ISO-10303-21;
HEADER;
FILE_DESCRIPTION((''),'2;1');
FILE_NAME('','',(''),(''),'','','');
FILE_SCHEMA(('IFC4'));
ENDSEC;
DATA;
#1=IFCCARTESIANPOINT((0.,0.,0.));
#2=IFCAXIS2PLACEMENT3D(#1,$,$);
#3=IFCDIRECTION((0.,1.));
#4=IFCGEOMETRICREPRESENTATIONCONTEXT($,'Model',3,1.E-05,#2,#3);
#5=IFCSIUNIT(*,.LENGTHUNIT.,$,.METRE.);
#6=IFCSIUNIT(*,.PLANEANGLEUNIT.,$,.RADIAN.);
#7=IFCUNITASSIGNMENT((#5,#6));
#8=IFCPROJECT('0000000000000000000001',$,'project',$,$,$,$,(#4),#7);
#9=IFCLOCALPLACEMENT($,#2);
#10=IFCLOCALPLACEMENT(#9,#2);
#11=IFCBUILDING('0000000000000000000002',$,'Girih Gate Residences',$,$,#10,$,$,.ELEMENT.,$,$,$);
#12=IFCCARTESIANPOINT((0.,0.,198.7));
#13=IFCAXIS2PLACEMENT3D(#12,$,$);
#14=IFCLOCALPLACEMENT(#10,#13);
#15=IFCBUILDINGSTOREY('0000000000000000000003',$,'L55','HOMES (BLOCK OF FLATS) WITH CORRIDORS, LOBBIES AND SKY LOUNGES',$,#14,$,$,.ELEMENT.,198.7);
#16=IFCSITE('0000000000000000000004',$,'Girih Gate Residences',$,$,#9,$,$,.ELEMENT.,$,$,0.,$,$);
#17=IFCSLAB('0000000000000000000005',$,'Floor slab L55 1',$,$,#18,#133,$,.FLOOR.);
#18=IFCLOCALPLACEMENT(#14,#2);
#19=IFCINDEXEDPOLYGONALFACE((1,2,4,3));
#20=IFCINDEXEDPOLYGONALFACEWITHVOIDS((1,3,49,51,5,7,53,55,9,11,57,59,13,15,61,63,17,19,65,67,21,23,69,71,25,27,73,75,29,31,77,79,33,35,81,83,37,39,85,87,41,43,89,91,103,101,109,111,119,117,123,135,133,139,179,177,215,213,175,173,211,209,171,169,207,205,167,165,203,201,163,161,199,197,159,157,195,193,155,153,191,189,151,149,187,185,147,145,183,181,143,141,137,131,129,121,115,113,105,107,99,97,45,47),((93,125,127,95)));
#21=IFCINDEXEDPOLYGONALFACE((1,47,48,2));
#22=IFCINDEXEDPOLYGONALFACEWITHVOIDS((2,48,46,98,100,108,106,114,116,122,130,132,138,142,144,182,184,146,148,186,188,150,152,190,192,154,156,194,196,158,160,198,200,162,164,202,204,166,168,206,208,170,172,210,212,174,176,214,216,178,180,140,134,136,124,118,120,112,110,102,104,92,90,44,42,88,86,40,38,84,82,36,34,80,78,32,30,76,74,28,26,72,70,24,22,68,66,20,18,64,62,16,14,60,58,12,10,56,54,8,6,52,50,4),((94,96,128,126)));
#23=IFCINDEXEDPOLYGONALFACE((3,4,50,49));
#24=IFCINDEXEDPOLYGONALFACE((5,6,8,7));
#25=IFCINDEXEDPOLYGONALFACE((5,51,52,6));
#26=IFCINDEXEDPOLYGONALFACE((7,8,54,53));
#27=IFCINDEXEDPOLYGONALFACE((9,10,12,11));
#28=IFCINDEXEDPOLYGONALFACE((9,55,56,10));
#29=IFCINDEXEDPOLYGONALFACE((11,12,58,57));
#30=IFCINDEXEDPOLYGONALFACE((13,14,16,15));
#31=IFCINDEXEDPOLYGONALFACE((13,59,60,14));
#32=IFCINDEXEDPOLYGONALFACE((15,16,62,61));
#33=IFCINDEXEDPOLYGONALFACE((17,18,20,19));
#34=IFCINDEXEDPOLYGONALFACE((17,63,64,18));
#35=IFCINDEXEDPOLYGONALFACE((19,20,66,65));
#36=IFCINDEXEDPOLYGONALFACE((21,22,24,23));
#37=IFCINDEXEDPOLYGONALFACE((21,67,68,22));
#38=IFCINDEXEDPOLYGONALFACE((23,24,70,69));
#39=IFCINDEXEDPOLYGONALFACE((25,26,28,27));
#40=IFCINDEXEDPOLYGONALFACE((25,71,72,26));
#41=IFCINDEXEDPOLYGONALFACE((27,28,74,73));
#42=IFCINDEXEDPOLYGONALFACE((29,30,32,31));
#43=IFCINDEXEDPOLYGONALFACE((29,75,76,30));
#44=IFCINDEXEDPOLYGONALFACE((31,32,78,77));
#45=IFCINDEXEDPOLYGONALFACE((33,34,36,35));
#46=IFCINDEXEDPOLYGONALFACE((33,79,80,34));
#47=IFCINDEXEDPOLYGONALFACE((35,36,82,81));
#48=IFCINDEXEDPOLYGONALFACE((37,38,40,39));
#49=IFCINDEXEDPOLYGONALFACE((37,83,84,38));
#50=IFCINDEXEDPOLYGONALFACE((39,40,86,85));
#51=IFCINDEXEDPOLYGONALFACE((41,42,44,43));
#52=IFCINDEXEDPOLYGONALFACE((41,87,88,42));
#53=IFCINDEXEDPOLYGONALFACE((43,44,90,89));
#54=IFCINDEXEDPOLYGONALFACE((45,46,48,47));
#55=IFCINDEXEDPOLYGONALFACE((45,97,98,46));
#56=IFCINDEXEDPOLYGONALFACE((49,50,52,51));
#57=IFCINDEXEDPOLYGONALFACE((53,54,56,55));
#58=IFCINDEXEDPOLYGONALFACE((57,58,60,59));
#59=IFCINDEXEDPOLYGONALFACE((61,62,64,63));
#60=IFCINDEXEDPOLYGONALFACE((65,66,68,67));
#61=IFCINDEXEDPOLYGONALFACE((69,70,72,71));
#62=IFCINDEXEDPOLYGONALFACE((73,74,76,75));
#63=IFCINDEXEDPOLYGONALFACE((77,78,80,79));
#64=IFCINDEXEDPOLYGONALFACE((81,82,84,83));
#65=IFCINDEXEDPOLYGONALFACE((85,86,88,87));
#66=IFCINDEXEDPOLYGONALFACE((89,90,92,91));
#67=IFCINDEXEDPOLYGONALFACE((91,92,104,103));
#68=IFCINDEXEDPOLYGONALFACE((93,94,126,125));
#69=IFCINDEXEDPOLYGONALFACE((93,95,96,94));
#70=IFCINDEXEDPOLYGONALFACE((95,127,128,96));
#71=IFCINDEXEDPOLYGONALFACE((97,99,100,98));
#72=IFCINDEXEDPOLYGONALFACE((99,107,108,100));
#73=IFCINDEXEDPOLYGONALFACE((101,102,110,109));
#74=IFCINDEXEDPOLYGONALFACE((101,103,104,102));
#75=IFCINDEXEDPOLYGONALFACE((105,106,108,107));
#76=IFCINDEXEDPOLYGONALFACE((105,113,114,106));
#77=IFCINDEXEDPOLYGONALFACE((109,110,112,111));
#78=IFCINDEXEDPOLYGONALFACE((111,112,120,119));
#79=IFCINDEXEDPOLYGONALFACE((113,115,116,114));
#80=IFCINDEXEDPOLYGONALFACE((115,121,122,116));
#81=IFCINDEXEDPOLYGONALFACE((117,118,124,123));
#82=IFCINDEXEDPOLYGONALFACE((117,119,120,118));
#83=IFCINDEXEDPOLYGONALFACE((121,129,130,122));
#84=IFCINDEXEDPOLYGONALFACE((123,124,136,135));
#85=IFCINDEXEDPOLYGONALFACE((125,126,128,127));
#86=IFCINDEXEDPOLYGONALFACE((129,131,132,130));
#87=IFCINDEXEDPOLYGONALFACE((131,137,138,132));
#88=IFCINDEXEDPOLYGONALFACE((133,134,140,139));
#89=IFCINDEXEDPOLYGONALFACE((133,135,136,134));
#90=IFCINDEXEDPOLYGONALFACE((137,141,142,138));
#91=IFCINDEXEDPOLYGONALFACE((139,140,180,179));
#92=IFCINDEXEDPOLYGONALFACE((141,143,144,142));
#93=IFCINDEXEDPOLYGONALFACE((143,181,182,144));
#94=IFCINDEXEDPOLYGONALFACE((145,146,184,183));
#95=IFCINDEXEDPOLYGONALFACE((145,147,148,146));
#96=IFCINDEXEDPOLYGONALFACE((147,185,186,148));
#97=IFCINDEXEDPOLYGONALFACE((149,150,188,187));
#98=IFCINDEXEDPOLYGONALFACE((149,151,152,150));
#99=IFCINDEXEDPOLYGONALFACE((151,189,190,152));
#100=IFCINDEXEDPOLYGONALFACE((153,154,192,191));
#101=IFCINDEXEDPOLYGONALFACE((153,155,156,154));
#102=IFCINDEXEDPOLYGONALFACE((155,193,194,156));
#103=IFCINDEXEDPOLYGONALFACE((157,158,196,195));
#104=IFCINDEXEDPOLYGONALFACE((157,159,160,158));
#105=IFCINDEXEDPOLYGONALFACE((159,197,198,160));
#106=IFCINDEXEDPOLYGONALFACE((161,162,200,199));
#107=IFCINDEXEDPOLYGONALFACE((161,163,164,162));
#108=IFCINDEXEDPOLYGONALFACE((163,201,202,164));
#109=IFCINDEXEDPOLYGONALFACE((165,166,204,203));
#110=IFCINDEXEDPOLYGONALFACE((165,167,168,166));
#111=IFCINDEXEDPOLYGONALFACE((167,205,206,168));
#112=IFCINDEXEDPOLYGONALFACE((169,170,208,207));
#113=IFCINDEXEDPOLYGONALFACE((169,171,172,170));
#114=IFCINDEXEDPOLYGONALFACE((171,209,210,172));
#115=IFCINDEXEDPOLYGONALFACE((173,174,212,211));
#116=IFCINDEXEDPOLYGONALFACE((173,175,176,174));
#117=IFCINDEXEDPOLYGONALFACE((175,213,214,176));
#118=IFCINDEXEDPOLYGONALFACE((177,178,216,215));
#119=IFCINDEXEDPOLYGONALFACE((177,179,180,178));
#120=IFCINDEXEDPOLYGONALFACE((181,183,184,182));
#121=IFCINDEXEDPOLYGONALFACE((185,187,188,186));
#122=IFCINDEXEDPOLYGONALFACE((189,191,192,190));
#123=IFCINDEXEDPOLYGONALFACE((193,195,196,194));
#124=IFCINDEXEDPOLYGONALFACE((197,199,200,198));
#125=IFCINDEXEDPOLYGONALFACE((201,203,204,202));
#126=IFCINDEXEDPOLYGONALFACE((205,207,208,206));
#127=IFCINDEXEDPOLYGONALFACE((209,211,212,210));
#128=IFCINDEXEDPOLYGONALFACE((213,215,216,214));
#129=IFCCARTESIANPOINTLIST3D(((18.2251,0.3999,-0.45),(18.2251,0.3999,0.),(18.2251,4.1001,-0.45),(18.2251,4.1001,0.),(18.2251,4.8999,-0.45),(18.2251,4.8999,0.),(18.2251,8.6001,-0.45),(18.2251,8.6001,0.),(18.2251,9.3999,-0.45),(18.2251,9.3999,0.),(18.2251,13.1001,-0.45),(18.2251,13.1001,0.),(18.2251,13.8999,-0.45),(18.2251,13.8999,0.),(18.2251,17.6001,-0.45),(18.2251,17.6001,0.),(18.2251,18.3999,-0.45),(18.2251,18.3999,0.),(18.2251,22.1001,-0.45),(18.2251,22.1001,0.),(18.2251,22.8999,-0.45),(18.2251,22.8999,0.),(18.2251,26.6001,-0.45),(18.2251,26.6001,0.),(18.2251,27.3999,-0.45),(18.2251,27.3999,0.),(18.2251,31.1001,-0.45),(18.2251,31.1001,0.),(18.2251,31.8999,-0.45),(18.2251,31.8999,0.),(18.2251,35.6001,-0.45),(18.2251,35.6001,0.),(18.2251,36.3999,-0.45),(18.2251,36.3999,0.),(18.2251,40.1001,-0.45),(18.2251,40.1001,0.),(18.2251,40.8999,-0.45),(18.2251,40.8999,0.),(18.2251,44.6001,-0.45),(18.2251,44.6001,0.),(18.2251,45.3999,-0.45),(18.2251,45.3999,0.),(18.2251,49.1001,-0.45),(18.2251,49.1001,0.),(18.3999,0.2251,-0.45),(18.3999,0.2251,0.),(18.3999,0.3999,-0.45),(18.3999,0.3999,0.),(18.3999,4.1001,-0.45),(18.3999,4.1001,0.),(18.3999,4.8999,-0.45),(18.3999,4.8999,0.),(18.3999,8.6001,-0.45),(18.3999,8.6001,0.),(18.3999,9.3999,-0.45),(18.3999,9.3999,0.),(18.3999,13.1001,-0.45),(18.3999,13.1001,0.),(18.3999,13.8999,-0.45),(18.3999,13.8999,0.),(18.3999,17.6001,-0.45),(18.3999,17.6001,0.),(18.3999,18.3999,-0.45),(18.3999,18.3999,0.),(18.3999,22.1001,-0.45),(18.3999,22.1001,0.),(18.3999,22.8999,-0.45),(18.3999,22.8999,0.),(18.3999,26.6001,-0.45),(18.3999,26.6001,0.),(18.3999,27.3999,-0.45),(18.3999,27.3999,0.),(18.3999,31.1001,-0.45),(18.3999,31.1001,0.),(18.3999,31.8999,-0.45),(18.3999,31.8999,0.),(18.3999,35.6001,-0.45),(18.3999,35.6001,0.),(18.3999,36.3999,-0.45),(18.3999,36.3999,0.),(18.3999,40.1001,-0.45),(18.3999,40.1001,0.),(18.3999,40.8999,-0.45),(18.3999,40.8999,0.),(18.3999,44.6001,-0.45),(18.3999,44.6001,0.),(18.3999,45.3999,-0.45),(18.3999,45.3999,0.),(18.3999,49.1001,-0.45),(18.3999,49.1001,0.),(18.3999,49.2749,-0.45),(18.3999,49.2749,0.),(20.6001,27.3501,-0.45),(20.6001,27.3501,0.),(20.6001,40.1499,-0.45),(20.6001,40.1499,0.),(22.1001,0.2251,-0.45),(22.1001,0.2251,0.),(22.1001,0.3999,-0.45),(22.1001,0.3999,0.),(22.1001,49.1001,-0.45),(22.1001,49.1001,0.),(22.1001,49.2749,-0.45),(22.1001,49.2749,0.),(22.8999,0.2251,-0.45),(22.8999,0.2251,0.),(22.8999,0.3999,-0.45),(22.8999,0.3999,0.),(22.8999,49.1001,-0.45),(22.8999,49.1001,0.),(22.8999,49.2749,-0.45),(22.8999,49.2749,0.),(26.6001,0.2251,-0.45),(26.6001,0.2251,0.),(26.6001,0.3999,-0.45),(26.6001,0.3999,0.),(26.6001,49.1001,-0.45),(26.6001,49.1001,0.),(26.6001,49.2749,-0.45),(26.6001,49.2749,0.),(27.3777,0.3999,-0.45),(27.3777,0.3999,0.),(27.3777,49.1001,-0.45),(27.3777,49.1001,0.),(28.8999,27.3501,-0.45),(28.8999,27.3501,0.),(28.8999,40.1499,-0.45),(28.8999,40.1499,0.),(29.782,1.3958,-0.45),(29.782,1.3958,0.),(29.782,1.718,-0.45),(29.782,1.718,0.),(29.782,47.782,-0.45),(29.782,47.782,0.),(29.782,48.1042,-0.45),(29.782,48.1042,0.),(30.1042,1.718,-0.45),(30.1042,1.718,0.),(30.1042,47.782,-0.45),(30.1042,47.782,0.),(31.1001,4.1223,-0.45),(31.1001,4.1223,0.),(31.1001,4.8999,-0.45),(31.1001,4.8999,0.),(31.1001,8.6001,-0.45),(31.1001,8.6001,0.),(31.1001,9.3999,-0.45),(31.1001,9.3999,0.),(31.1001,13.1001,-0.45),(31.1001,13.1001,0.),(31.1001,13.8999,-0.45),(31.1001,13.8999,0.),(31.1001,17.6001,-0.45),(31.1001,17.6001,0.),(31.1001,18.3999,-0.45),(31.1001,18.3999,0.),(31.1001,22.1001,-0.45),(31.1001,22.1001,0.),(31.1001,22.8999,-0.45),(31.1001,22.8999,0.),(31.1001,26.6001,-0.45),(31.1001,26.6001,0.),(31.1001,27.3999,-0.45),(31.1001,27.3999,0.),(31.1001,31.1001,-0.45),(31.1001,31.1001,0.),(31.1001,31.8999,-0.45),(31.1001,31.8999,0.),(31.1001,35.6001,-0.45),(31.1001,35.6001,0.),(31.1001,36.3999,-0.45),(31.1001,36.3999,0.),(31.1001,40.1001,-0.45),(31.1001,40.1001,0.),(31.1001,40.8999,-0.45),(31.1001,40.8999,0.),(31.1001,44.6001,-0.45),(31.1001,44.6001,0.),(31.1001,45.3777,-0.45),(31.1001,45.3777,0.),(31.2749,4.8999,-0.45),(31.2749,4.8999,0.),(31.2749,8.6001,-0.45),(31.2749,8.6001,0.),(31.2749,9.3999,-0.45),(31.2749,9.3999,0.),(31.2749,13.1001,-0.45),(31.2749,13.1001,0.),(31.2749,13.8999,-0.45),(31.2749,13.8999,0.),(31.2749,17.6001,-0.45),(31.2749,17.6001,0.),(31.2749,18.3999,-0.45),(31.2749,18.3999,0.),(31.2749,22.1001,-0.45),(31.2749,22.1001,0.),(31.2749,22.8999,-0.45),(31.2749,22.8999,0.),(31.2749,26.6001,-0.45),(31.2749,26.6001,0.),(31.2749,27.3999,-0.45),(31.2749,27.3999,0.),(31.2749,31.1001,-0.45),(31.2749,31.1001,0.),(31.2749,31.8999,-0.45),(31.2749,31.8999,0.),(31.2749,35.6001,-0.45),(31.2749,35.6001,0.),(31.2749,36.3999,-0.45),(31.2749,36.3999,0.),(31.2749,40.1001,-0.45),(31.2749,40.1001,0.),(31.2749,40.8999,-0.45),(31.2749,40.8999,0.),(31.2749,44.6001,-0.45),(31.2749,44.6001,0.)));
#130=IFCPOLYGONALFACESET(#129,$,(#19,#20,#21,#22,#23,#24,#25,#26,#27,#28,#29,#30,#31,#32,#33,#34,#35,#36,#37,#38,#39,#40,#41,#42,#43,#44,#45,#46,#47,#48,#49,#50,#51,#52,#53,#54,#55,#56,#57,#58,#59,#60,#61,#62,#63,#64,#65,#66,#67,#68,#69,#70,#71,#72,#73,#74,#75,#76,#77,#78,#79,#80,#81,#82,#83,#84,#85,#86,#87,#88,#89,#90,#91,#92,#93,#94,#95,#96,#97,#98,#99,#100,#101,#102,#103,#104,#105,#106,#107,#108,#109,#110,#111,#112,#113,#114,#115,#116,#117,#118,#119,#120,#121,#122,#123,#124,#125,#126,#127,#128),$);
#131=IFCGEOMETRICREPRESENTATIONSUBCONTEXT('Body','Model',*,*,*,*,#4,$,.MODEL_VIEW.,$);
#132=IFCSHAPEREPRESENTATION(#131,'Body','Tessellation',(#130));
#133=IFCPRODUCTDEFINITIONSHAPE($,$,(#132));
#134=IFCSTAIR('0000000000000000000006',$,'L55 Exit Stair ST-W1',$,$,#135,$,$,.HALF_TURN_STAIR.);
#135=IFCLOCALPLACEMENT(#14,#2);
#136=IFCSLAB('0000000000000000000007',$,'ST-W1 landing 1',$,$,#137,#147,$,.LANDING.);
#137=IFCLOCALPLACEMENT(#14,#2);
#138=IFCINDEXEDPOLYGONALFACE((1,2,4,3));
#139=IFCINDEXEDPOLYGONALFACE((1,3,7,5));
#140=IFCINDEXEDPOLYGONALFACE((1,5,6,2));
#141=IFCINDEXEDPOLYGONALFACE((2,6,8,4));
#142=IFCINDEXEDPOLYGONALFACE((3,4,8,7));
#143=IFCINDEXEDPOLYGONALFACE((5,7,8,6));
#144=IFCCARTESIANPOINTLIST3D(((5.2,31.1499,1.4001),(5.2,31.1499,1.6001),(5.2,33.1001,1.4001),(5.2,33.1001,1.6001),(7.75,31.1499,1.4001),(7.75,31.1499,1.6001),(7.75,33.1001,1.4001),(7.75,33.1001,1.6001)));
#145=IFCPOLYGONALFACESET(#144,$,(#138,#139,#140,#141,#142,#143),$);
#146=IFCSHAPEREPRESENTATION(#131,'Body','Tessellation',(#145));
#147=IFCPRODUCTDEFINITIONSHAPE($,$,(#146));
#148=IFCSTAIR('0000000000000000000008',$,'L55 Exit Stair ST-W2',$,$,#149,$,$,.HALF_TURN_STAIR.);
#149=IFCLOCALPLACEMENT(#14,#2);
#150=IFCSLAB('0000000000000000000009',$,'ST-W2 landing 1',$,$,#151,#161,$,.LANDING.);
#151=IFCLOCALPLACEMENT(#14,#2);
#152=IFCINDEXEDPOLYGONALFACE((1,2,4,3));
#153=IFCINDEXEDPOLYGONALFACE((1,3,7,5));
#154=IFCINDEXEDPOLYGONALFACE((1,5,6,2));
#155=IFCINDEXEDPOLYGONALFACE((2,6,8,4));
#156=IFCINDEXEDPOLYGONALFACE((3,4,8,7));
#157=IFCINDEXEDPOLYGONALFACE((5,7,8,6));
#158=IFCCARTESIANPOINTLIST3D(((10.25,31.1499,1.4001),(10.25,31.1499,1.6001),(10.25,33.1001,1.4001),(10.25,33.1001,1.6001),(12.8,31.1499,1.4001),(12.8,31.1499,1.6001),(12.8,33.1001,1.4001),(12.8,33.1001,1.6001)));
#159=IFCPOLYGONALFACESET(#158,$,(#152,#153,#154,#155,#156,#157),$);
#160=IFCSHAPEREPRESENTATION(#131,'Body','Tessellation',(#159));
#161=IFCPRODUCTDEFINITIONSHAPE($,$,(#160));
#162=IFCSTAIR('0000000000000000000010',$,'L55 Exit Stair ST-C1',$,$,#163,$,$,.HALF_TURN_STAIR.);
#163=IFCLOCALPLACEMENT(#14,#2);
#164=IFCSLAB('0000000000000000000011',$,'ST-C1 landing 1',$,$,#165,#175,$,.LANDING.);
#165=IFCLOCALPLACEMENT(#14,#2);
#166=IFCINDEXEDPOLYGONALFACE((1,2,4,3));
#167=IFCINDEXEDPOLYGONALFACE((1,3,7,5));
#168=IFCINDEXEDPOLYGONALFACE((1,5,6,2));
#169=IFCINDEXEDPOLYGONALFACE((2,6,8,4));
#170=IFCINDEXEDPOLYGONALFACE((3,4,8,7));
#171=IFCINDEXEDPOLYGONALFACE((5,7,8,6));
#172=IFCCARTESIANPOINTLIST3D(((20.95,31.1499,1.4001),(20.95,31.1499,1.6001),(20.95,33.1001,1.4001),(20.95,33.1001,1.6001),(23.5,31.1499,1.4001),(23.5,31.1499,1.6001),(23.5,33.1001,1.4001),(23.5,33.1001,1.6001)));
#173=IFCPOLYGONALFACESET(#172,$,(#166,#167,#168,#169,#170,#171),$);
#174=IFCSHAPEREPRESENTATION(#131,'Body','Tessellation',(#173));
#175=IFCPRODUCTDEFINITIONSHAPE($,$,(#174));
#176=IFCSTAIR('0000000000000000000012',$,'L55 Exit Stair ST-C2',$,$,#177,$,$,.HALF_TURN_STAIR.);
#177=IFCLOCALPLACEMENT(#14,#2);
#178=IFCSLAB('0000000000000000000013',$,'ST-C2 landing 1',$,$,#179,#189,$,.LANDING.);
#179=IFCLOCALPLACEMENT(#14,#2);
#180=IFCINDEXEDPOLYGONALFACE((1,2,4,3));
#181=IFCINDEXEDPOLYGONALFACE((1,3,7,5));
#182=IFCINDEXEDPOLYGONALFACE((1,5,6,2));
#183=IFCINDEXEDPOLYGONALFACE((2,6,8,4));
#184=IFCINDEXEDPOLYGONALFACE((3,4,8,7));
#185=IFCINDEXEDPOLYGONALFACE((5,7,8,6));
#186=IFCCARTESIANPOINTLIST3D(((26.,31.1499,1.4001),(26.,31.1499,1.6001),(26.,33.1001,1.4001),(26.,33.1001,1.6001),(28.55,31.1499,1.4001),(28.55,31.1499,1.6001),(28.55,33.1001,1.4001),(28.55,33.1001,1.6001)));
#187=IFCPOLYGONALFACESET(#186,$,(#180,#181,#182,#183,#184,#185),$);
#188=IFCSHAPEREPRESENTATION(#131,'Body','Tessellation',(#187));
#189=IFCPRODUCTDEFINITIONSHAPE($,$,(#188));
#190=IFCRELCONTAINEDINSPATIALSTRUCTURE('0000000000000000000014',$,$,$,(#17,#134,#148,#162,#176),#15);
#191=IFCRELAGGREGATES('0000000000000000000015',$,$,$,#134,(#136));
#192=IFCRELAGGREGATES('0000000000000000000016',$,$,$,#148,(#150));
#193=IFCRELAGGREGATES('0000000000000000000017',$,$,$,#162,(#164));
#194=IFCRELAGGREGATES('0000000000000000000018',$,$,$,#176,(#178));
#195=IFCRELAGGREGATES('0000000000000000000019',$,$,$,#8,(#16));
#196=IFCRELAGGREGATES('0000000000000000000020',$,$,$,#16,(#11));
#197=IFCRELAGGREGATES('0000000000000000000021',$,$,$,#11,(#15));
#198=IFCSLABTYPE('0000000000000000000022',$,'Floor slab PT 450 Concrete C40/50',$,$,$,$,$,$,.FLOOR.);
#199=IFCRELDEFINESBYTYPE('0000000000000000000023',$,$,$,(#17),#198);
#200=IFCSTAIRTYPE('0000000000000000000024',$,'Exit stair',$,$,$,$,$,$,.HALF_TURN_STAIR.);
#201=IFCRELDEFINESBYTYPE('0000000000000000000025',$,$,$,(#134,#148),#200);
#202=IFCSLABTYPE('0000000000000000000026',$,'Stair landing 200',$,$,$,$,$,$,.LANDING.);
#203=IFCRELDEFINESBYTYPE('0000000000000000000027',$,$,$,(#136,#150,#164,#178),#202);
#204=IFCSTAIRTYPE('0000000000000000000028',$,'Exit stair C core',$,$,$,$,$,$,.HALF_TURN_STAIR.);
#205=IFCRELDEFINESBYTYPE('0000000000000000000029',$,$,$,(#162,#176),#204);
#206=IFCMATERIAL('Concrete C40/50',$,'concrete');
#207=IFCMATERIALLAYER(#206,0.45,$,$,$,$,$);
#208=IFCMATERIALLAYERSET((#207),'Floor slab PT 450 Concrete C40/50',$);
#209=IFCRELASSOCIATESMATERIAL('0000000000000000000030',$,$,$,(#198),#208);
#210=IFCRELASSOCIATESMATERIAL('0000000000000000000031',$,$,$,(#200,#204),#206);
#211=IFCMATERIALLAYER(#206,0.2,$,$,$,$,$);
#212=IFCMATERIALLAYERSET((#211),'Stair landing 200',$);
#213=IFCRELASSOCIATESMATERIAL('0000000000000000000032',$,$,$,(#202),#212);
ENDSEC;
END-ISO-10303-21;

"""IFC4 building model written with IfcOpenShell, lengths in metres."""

from ifc_helpers import new_model, si_unit, direction, frame, origin, place, context, subcontext, project, spatial, polyline, outline, extrude, material, layer, layer_set, type_object, element, aggregate, save


model = new_model("IFC4")

# Units and contexts
model_context = context("Model", 3, precision=1e-05, world=origin(), true_north=direction((0.0, 1.0)))
body_context = subcontext(model_context, "Body", "Model", "MODEL_VIEW")
ifc_project = project(units=[si_unit("LENGTHUNIT", "METRE"), si_unit("PLANEANGLEUNIT", "RADIAN")], contexts=[model_context])

# Site, building, storey
site_placement = place(None, origin())
site = spatial("IfcSite", under=ifc_project, at=site_placement, Name="Girih Gate Residences", CompositionType="ELEMENT", RefElevation=0.0)
building_placement = place(site_placement, origin())
building = spatial("IfcBuilding", under=site, at=building_placement, Name="Girih Gate Residences", CompositionType="ELEMENT")
storey_placement = place(building_placement, frame((0.0, 0.0, 198.7)))
storey = spatial("IfcBuildingStorey", under=building, at=storey_placement, Name="L55", Description="HOMES (BLOCK OF FLATS) WITH CORRIDORS, LOBBIES AND SKY LOUNGES", CompositionType="ELEMENT", Elevation=198.7)

# Slab
ifc_material_1 = material(Name="Concrete C40/50", Category="concrete")
ifc_layer_1 = layer(ifc_material_1, 0.45)
ifc_layer_set_1 = layer_set([ifc_layer_1], Name="Floor slab PT 450 Concrete C40/50")
slab_type_1 = type_object("IfcSlabType", Name="Floor slab PT 450 Concrete C40/50", PredefinedType="FLOOR", material=ifc_layer_set_1)
slab_1_placement = place(storey_placement, frame((0.0, 0.0, -0.45)))
element("IfcSlab", 1, at=slab_1_placement, inside=storey, type_object=slab_type_1, Name="Floor slab L55 1", PredefinedType="FLOOR", context=body_context, shape_type="SweptSolid", body=[
    extrude(outline(polyline([(22.8999, 0.2251), (26.6001, 0.2251), (26.6001, 0.3999), (27.3777, 0.3999), (29.782, 1.3958), (29.782, 1.718), (30.1042, 1.718), (31.1001, 4.1223), (31.1001, 4.8999), (31.2749, 4.8999), (31.2749, 8.6001), (31.1001, 8.6001), (31.1001, 9.3999), (31.2749, 9.3999), (31.2749, 13.1001), (31.1001, 13.1001), (31.1001, 13.8999), (31.2749, 13.8999), (31.2749, 17.6001), (31.1001, 17.6001), (31.1001, 18.3999), (31.2749, 18.3999), (31.2749, 22.1001), (31.1001, 22.1001), (31.1001, 22.8999), (31.2749, 22.8999), (31.2749, 26.6001), (31.1001, 26.6001), (31.1001, 27.3999), (31.2749, 27.3999), (31.2749, 31.1001), (31.1001, 31.1001), (31.1001, 31.8999), (31.2749, 31.8999), (31.2749, 35.6001), (31.1001, 35.6001), (31.1001, 36.3999), (31.2749, 36.3999), (31.2749, 40.1001), (31.1001, 40.1001), (31.1001, 40.8999), (31.2749, 40.8999), (31.2749, 44.6001), (31.1001, 44.6001), (31.1001, 45.3777), (30.1042, 47.782), (29.782, 47.782), (29.782, 48.1042), (27.3777, 49.1001), (26.6001, 49.1001), (26.6001, 49.2749), (22.8999, 49.2749), (22.8999, 49.1001), (22.1001, 49.1001), (22.1001, 49.2749), (18.3999, 49.2749), (18.3999, 49.1001), (18.2251, 49.1001), (18.2251, 45.3999), (18.3999, 45.3999), (18.3999, 44.6001), (18.2251, 44.6001), (18.2251, 40.8999), (18.3999, 40.8999), (18.3999, 40.1001), (18.2251, 40.1001), (18.2251, 36.3999), (18.3999, 36.3999), (18.3999, 35.6001), (18.2251, 35.6001), (18.2251, 31.8999), (18.3999, 31.8999), (18.3999, 31.1001), (18.2251, 31.1001), (18.2251, 27.3999), (18.3999, 27.3999), (18.3999, 26.6001), (18.2251, 26.6001), (18.2251, 22.8999), (18.3999, 22.8999), (18.3999, 22.1001), (18.2251, 22.1001), (18.2251, 18.3999), (18.3999, 18.3999), (18.3999, 17.6001), (18.2251, 17.6001), (18.2251, 13.8999), (18.3999, 13.8999), (18.3999, 13.1001), (18.2251, 13.1001), (18.2251, 9.3999), (18.3999, 9.3999), (18.3999, 8.6001), (18.2251, 8.6001), (18.2251, 4.8999), (18.3999, 4.8999), (18.3999, 4.1001), (18.2251, 4.1001), (18.2251, 0.3999), (18.3999, 0.3999), (18.3999, 0.2251), (22.1001, 0.2251), (22.1001, 0.3999), (22.8999, 0.3999), (22.8999, 0.2251)]), holes=[polyline([(28.8999, 40.1499), (28.8999, 27.3501), (20.6001, 27.3501), (20.6001, 40.1499), (28.8999, 40.1499)])]), origin(), (0.0, 0.0, 1.0), 0.45),
])

# Stairs, slabs
stair_type_1 = type_object("IfcStairType", Name="Exit stair", PredefinedType="HALF_TURN_STAIR", material=ifc_material_1)
stair_1_placement = place(storey_placement, origin())
stair_1 = element("IfcStair", 2, at=stair_1_placement, inside=storey, type_object=stair_type_1, Name="L55 Exit Stair ST-W1", PredefinedType="HALF_TURN_STAIR")
ifc_layer_2 = layer(ifc_material_1, 0.2)
ifc_layer_set_2 = layer_set([ifc_layer_2], Name="Stair landing 200")
slab_type_2 = type_object("IfcSlabType", Name="Stair landing 200", PredefinedType="LANDING", material=ifc_layer_set_2)
slab_2_placement = place(storey_placement, frame((0.0, 0.0, 1.4001)))
slab_2 = element("IfcSlab", 3, at=slab_2_placement, type_object=slab_type_2, Name="ST-W1 landing 1", PredefinedType="LANDING", context=body_context, shape_type="SweptSolid", body=[
    extrude(outline(polyline([(7.75, 31.1499), (7.75, 33.1001), (5.2, 33.1001), (5.2, 31.1499), (7.75, 31.1499)])), origin(), (0.0, 0.0, 1.0), 0.2),
])
aggregate(stair_1, [slab_2])
stair_2_placement = place(storey_placement, origin())
stair_2 = element("IfcStair", 4, at=stair_2_placement, inside=storey, type_object=stair_type_1, Name="L55 Exit Stair ST-W2", PredefinedType="HALF_TURN_STAIR")
slab_3_placement = place(storey_placement, frame((0.0, 0.0, 1.4001)))
slab_3 = element("IfcSlab", 5, at=slab_3_placement, type_object=slab_type_2, Name="ST-W2 landing 1", PredefinedType="LANDING", context=body_context, shape_type="SweptSolid", body=[
    extrude(outline(polyline([(12.8, 31.1499), (12.8, 33.1001), (10.25, 33.1001), (10.25, 31.1499), (12.8, 31.1499)])), origin(), (0.0, 0.0, 1.0), 0.2),
])
aggregate(stair_2, [slab_3])
stair_type_2 = type_object("IfcStairType", Name="Exit stair C core", PredefinedType="HALF_TURN_STAIR", material=ifc_material_1)
stair_3_placement = place(storey_placement, origin())
stair_3 = element("IfcStair", 6, at=stair_3_placement, inside=storey, type_object=stair_type_2, Name="L55 Exit Stair ST-C1", PredefinedType="HALF_TURN_STAIR")
slab_4_placement = place(storey_placement, frame((0.0, 0.0, 1.4001)))
slab_4 = element("IfcSlab", 7, at=slab_4_placement, type_object=slab_type_2, Name="ST-C1 landing 1", PredefinedType="LANDING", context=body_context, shape_type="SweptSolid", body=[
    extrude(outline(polyline([(23.5, 31.1499), (23.5, 33.1001), (20.95, 33.1001), (20.95, 31.1499), (23.5, 31.1499)])), origin(), (0.0, 0.0, 1.0), 0.2),
])
aggregate(stair_3, [slab_4])
stair_4_placement = place(storey_placement, origin())
stair_4 = element("IfcStair", 8, at=stair_4_placement, inside=storey, type_object=stair_type_2, Name="L55 Exit Stair ST-C2", PredefinedType="HALF_TURN_STAIR")
slab_5_placement = place(storey_placement, frame((0.0, 0.0, 1.4001)))
slab_5 = element("IfcSlab", 9, at=slab_5_placement, type_object=slab_type_2, Name="ST-C2 landing 1", PredefinedType="LANDING", context=body_context, shape_type="SweptSolid", body=[
    extrude(outline(polyline([(28.55, 31.1499), (28.55, 33.1001), (26.0, 33.1001), (26.0, 31.1499), (28.55, 31.1499)])), origin(), (0.0, 0.0, 1.0), 0.2),
])
aggregate(stair_4, [slab_5])

save(model, "model.ifc")
